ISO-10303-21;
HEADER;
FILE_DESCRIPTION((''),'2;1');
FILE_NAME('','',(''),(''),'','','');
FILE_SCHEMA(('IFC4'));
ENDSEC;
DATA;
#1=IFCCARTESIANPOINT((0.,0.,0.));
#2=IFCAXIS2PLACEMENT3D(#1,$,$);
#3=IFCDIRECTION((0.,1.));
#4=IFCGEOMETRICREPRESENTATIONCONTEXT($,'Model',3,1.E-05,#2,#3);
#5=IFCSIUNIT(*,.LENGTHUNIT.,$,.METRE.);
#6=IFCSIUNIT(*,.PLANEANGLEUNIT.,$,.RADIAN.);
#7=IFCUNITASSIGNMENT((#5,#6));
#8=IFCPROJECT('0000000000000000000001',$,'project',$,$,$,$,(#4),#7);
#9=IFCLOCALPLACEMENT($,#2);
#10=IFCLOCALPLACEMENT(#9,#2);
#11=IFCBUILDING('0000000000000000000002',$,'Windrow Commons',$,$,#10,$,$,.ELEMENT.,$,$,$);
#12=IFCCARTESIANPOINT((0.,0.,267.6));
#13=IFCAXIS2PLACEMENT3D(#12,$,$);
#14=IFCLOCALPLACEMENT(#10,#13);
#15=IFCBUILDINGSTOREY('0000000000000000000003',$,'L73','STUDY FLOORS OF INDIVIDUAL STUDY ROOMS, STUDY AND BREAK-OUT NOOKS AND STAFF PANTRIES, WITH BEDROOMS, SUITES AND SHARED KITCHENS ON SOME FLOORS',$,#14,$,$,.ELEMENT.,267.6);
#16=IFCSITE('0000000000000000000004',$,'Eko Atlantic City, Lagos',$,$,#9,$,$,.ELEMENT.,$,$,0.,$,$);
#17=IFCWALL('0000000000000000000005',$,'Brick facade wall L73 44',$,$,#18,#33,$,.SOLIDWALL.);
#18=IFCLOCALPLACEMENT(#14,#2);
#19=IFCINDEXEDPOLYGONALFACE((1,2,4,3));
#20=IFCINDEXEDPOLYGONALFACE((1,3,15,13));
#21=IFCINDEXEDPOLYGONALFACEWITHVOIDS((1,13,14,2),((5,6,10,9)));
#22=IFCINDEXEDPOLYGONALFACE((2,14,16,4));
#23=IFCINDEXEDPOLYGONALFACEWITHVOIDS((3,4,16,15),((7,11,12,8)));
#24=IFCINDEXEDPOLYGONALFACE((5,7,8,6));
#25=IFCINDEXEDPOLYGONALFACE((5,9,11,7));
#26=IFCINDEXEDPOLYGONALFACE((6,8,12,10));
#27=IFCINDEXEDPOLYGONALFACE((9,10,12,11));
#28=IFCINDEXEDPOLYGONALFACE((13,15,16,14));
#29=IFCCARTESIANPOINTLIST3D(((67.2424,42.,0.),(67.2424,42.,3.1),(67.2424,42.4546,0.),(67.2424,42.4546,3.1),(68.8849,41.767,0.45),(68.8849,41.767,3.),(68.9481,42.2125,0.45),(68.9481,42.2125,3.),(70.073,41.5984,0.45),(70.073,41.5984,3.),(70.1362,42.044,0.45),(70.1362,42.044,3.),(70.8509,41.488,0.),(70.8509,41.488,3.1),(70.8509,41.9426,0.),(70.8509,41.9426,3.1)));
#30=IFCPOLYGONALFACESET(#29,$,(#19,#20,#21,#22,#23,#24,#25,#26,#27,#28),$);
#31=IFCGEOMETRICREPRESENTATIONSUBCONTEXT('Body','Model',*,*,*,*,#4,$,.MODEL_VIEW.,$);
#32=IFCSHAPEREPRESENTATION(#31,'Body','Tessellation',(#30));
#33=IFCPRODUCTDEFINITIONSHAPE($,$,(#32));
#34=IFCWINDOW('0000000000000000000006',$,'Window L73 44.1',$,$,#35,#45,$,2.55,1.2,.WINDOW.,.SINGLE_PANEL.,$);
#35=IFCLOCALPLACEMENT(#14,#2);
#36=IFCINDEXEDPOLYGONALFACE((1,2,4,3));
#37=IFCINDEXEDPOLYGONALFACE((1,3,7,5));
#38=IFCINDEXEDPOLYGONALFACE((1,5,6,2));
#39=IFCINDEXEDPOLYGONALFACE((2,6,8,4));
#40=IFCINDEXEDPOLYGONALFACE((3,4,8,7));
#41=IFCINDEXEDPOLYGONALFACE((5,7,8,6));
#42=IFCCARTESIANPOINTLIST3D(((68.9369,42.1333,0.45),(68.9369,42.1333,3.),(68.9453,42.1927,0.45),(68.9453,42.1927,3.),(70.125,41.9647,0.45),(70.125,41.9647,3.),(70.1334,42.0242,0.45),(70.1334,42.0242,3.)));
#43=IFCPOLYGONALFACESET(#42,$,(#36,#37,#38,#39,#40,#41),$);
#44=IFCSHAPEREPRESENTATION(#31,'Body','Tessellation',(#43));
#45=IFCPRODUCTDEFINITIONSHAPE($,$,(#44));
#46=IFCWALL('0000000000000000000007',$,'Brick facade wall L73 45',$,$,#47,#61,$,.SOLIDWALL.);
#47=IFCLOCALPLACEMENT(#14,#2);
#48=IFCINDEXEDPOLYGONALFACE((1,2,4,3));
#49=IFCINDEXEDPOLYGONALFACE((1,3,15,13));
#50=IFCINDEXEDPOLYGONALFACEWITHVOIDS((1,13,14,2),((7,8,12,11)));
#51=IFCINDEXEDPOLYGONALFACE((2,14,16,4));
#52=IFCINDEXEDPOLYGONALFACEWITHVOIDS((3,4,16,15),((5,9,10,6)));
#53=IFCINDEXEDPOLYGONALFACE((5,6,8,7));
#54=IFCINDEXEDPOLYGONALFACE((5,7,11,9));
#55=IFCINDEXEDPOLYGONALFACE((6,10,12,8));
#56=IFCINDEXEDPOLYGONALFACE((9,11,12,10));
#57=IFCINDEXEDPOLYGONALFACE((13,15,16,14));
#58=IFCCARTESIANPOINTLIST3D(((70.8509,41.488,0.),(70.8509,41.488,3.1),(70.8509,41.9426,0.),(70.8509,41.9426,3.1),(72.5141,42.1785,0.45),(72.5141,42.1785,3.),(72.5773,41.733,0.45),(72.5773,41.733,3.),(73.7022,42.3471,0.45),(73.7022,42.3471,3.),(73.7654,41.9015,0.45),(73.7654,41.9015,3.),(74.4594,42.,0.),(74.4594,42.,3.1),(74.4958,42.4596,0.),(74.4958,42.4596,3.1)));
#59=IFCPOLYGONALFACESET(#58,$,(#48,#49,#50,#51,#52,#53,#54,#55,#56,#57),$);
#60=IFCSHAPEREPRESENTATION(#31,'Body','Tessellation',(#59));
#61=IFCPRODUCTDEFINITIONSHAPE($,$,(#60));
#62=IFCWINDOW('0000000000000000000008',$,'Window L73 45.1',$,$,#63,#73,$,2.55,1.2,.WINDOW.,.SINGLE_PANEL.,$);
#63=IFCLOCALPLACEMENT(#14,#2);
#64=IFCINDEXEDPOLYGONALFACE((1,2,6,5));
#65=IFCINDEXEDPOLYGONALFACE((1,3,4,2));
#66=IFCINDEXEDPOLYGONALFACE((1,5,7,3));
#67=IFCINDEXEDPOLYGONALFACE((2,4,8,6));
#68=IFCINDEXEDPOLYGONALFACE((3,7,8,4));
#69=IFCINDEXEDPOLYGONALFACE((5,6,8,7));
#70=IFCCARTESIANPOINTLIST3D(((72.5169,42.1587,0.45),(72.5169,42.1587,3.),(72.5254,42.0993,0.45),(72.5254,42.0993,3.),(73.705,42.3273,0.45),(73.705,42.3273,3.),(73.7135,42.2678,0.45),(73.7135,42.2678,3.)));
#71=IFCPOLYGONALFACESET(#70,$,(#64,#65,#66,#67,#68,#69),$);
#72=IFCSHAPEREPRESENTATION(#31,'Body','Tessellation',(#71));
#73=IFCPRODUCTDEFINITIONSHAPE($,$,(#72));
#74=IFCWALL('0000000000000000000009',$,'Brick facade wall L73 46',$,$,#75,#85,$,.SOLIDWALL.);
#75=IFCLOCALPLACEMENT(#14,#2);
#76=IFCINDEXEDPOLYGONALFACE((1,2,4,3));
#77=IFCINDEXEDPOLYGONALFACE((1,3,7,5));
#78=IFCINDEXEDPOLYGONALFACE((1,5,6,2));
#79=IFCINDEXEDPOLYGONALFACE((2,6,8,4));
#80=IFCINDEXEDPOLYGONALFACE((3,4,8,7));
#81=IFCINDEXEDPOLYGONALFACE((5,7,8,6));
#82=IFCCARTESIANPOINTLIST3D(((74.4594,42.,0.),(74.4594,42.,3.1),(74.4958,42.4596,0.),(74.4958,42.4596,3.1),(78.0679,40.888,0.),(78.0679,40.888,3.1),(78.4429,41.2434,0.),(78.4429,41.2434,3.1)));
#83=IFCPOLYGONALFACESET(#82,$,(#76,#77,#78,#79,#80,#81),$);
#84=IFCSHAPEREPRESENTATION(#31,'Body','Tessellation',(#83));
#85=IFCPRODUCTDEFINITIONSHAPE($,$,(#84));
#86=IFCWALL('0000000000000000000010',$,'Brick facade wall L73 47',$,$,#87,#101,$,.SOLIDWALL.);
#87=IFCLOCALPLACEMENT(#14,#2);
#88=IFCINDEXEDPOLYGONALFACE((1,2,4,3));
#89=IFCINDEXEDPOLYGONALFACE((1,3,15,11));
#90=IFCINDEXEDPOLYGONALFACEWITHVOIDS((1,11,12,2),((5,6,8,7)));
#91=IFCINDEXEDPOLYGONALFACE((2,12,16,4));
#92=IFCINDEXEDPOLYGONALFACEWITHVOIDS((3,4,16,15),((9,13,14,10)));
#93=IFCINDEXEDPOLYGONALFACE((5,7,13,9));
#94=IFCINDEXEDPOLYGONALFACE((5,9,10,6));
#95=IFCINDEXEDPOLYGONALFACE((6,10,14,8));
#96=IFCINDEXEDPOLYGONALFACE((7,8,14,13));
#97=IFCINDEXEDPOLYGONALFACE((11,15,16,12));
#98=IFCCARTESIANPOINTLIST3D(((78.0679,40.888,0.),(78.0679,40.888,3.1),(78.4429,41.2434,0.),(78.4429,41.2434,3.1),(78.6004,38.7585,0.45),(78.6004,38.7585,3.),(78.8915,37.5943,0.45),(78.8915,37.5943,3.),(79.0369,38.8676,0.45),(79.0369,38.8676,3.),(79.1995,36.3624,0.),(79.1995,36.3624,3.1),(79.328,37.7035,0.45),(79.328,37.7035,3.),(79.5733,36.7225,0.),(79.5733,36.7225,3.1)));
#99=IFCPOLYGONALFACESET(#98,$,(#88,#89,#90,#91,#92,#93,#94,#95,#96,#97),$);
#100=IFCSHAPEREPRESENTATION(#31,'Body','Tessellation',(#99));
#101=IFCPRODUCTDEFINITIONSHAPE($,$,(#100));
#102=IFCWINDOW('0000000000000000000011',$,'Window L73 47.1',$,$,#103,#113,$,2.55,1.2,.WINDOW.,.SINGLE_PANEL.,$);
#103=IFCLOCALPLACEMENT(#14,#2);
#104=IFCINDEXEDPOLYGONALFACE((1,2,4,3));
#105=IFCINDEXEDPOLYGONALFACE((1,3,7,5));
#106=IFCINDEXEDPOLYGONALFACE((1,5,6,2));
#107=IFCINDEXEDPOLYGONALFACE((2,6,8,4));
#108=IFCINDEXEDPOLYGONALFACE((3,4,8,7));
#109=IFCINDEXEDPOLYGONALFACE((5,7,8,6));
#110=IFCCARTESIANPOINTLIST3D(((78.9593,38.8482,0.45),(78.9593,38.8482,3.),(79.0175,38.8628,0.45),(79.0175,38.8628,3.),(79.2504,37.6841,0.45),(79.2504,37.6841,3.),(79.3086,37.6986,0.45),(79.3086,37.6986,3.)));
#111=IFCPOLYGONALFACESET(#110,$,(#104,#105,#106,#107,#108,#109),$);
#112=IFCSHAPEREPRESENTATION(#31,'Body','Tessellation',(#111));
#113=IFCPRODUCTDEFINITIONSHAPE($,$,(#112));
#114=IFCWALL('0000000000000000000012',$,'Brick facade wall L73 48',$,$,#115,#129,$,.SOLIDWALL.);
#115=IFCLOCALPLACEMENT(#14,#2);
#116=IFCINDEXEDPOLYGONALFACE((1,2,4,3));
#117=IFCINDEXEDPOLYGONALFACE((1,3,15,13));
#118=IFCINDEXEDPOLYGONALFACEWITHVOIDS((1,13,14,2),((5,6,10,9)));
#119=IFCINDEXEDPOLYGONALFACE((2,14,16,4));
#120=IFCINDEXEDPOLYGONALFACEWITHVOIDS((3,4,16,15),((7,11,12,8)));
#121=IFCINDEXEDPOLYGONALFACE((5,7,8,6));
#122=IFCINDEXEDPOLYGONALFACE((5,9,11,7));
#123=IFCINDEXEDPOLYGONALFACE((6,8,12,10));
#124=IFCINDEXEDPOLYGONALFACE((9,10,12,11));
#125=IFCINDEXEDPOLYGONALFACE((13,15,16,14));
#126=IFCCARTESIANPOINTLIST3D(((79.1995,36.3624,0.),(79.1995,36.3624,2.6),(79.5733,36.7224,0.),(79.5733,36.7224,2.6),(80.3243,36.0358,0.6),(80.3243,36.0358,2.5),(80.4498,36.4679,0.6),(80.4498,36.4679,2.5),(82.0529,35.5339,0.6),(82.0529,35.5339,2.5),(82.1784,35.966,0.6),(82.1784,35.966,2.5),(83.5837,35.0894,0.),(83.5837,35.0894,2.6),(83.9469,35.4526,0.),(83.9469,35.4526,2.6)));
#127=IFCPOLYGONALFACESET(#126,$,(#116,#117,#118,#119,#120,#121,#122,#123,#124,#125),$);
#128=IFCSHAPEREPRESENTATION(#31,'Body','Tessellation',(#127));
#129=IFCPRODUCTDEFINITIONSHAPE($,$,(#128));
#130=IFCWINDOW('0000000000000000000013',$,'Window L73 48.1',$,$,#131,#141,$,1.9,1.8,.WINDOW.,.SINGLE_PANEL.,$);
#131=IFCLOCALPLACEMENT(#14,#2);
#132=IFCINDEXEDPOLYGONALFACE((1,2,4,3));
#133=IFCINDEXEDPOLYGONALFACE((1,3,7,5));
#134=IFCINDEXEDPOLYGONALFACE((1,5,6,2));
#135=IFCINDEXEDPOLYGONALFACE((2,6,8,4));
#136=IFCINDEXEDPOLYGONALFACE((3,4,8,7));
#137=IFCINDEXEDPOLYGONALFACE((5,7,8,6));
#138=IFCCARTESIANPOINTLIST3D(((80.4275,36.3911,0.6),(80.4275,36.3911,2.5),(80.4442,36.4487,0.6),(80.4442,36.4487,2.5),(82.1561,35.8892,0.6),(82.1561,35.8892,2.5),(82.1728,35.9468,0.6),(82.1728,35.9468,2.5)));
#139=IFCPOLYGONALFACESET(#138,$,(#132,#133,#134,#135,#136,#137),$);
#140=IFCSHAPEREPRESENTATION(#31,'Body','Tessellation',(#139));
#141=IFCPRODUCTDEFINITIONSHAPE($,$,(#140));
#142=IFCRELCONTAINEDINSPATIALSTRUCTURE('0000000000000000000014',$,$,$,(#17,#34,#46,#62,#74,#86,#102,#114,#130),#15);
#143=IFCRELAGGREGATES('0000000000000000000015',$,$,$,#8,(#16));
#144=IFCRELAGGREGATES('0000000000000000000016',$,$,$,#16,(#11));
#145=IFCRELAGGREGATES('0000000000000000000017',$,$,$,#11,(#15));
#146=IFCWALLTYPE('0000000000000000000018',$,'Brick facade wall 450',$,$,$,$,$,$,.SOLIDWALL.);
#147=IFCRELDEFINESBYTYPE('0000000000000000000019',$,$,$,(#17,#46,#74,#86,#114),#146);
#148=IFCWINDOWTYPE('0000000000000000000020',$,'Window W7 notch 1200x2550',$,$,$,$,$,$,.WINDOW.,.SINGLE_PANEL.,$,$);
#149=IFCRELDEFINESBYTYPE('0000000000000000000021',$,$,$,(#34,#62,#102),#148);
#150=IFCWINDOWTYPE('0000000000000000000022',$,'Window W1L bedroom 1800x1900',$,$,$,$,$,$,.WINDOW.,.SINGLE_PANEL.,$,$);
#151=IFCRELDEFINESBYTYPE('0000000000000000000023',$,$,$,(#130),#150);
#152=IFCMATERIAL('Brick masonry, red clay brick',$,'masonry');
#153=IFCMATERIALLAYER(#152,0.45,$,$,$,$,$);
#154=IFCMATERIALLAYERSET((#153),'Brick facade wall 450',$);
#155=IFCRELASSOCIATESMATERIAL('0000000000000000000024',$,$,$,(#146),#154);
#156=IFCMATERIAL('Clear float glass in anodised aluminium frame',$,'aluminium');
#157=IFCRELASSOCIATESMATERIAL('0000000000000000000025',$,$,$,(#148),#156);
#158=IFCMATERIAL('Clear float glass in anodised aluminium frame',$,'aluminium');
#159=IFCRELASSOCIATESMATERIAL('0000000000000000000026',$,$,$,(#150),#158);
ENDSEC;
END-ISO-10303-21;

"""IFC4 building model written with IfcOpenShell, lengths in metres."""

from ifc_helpers import new_model, si_unit, direction, frame, frame_2d, origin, place, context, subcontext, project, spatial, polyline, rectangle, outline, extrude, material, layer, layer_set, type_object, element, fill, save


model = new_model("IFC4")

# Units and contexts
model_context = context("Model", 3, precision=1e-05, world=origin(), true_north=direction((0.0, 1.0)))
body_context = subcontext(model_context, "Body", "Model", "MODEL_VIEW")
ifc_project = project(units=[si_unit("LENGTHUNIT", "METRE"), si_unit("PLANEANGLEUNIT", "RADIAN")], contexts=[model_context])

# Site, building, storey
site_placement = place(None, origin())
site = spatial("IfcSite", under=ifc_project, at=site_placement, Name="Eko Atlantic City, Lagos", CompositionType="ELEMENT", RefElevation=0.0)
building_placement = place(site_placement, origin())
building = spatial("IfcBuilding", under=site, at=building_placement, Name="Windrow Commons", CompositionType="ELEMENT")
storey_placement = place(building_placement, frame((0.0, 0.0, 267.6)))
storey = spatial("IfcBuildingStorey", under=building, at=storey_placement, Name="L73", Description="STUDY FLOORS OF INDIVIDUAL STUDY ROOMS, STUDY AND BREAK-OUT NOOKS AND STAFF PANTRIES, WITH BEDROOMS, SUITES AND SHARED KITCHENS ON SOME FLOORS", CompositionType="ELEMENT", Elevation=267.6)

# Walls, openings, windows
ifc_material_1 = material(Name="Brick masonry, red clay brick", Category="masonry")
ifc_layer_1 = layer(ifc_material_1, 0.45)
ifc_layer_set_1 = layer_set([ifc_layer_1], Name="Brick facade wall 450")
wall_type_1 = type_object("IfcWallType", Name="Brick facade wall 450", PredefinedType="SOLIDWALL", material=ifc_layer_set_1)
wall_1_placement = place(storey_placement, frame((67.2424, 42.2273, 0.0), z_axis=(0.0, 0.0, 1.0), x_axis=(0.990083, -0.14048, 0.0)))
wall_1 = element("IfcWall", 1, at=wall_1_placement, inside=storey, type_object=wall_type_1, Name="Brick facade wall L73 44", PredefinedType="SOLIDWALL", context=body_context, shape_type="SweptSolid", body=[
    extrude(outline(polyline([(0.0319, -0.225), (3.6766, -0.225), (3.6127, 0.225), (-0.0319, 0.225), (0.0319, -0.225)])), origin(), (0.0, 0.0, 1.0), 3.1),
])
opening_1_placement = place(wall_1_placement, frame((1.6909, 0.0, 0.45)))
opening_1 = element("IfcOpeningElement", 2, at=opening_1_placement, cuts=wall_1, PredefinedType="OPENING", context=body_context, shape_type="SweptSolid", body=[
    extrude(rectangle(XDim=1.2, YDim=2.55, at=frame_2d((0.6, 1.275))), frame((0.0, 0.235, 0.0), z_axis=(0.0, -1.0, 0.0), x_axis=(1.0, 0.0, 0.0)), (0.0, 0.0, 1.0), 0.47),
])
ifc_material_2 = material(Name="Clear float glass in anodised aluminium frame", Category="aluminium")
window_type_1 = type_object("IfcWindowType", Name="Window W7 notch 1200x2550", PartitioningType="SINGLE_PANEL", PredefinedType="WINDOW", material=ifc_material_2)
window_1_placement = place(opening_1_placement, origin())
window_1 = element("IfcWindow", 3, at=window_1_placement, inside=storey, type_object=window_type_1, Name="Window L73 44.1", OverallHeight=2.55, OverallWidth=1.2, PartitioningType="SINGLE_PANEL", PredefinedType="WINDOW", context=body_context, shape_type="SweptSolid", body=[
    extrude(rectangle(XDim=1.2, YDim=2.55, at=frame_2d((0.6, 1.275))), frame((0.0, 0.205, 0.0), z_axis=(0.0, -1.0, 0.0), x_axis=(1.0, 0.0, 0.0)), (0.0, 0.0, 1.0), 0.06),
])
fill(opening_1, window_1)
wall_2_placement = place(storey_placement, frame((70.8509, 41.7153, 0.0), z_axis=(0.0, 0.0, 1.0), x_axis=(0.990087, 0.140458, 0.0)))
wall_2 = element("IfcWall", 4, at=wall_2_placement, inside=storey, type_object=wall_type_1, Name="Brick facade wall L73 45", PredefinedType="SOLIDWALL", context=body_context, shape_type="SweptSolid", body=[
    extrude(outline(polyline([(-0.0319, -0.225), (3.6127, -0.225), (3.7133, 0.225), (0.0319, 0.225), (-0.0319, -0.225)])), origin(), (0.0, 0.0, 1.0), 3.1),
])
opening_2_placement = place(wall_2_placement, frame((1.7118, 0.0, 0.45)))
opening_2 = element("IfcOpeningElement", 5, at=opening_2_placement, cuts=wall_2, PredefinedType="OPENING", context=body_context, shape_type="SweptSolid", body=[
    extrude(rectangle(XDim=1.2, YDim=2.55, at=frame_2d((0.6, 1.275))), frame((0.0, 0.235, 0.0), z_axis=(0.0, -1.0, 0.0), x_axis=(1.0, 0.0, 0.0)), (0.0, 0.0, 1.0), 0.47),
])
window_2_placement = place(opening_2_placement, origin())
window_2 = element("IfcWindow", 6, at=window_2_placement, inside=storey, type_object=window_type_1, Name="Window L73 45.1", OverallHeight=2.55, OverallWidth=1.2, PartitioningType="SINGLE_PANEL", PredefinedType="WINDOW", context=body_context, shape_type="SweptSolid", body=[
    extrude(rectangle(XDim=1.2, YDim=2.55, at=frame_2d((0.6, 1.275))), frame((0.0, 0.205, 0.0), z_axis=(0.0, -1.0, 0.0), x_axis=(1.0, 0.0, 0.0)), (0.0, 0.0, 1.0), 0.06),
])
fill(opening_2, window_2)

# Wall
wall_3_placement = place(storey_placement, frame((74.4776, 42.2298, 0.0), z_axis=(0.0, 0.0, 1.0), x_axis=(0.955658, -0.294479, 0.0)))
element("IfcWall", 7, at=wall_3_placement, inside=storey, type_object=wall_type_1, Name="Brick facade wall L73 46", PredefinedType="SOLIDWALL", context=body_context, shape_type="SweptSolid", body=[
    extrude(outline(polyline([(0.0503, -0.225), (3.8262, -0.225), (4.08, 0.225), (-0.0503, 0.225), (0.0503, -0.225)])), origin(), (0.0, 0.0, 1.0), 3.1),
])

# Walls, openings, windows
wall_4_placement = place(storey_placement, frame((78.2554, 41.0657, 0.0), z_axis=(0.0, 0.0, 1.0), x_axis=(0.242571, -0.970134, 0.0)))
wall_4 = element("IfcWall", 8, at=wall_4_placement, inside=storey, type_object=wall_type_1, Name="Brick facade wall L73 47", PredefinedType="SOLIDWALL", context=body_context, shape_type="SweptSolid", body=[
    extrude(outline(polyline([(0.1269, -0.225), (4.7918, -0.225), (4.5332, 0.225), (-0.1269, 0.225), (0.1269, -0.225)])), origin(), (0.0, 0.0, 1.0), 3.1),
])
opening_3_placement = place(wall_4_placement, frame((2.322, 0.0, 0.45)))
opening_3 = element("IfcOpeningElement", 9, at=opening_3_placement, cuts=wall_4, PredefinedType="OPENING", context=body_context, shape_type="SweptSolid", body=[
    extrude(rectangle(XDim=1.2, YDim=2.55, at=frame_2d((0.6, 1.275))), frame((0.0, 0.235, 0.0), z_axis=(0.0, -1.0, 0.0), x_axis=(1.0, 0.0, 0.0)), (0.0, 0.0, 1.0), 0.47),
])
window_3_placement = place(opening_3_placement, origin())
window_3 = element("IfcWindow", 10, at=window_3_placement, inside=storey, type_object=window_type_1, Name="Window L73 47.1", OverallHeight=2.55, OverallWidth=1.2, PartitioningType="SINGLE_PANEL", PredefinedType="WINDOW", context=body_context, shape_type="SweptSolid", body=[
    extrude(rectangle(XDim=1.2, YDim=2.55, at=frame_2d((0.6, 1.275))), frame((0.0, 0.205, 0.0), z_axis=(0.0, -1.0, 0.0), x_axis=(1.0, 0.0, 0.0)), (0.0, 0.0, 1.0), 0.06),
])
fill(opening_3, window_3)
wall_5_placement = place(storey_placement, frame((79.3864, 36.5424, 0.0), z_axis=(0.0, 0.0, 1.0), x_axis=(0.96034, -0.278832, 0.0)))
wall_5 = element("IfcWall", 11, at=wall_5_placement, inside=storey, type_object=wall_type_1, Name="Brick facade wall L73 48", PredefinedType="SOLIDWALL", context=body_context, shape_type="SweptSolid", body=[
    extrude(outline(polyline([(-0.1293, -0.225), (4.436, -0.225), (4.6835, 0.225), (0.1293, 0.225), (-0.1293, -0.225)])), origin(), (0.0, 0.0, 1.0), 2.6),
])
opening_4_placement = place(wall_5_placement, frame((1.042, 0.0, 0.6)))
opening_4 = element("IfcOpeningElement", 12, at=opening_4_placement, cuts=wall_5, PredefinedType="OPENING", context=body_context, shape_type="SweptSolid", body=[
    extrude(rectangle(XDim=1.8, YDim=1.9, at=frame_2d((0.9, 0.95))), frame((0.0, 0.235, 0.0), z_axis=(0.0, -1.0, 0.0), x_axis=(1.0, 0.0, 0.0)), (0.0, 0.0, 1.0), 0.47),
])
ifc_material_3 = material(Name="Clear float glass in anodised aluminium frame", Category="aluminium")
window_type_2 = type_object("IfcWindowType", Name="Window W1L bedroom 1800x1900", PartitioningType="SINGLE_PANEL", PredefinedType="WINDOW", material=ifc_material_3)
window_4_placement = place(opening_4_placement, origin())
window_4 = element("IfcWindow", 13, at=window_4_placement, inside=storey, type_object=window_type_2, Name="Window L73 48.1", OverallHeight=1.9, OverallWidth=1.8, PartitioningType="SINGLE_PANEL", PredefinedType="WINDOW", context=body_context, shape_type="SweptSolid", body=[
    extrude(rectangle(XDim=1.8, YDim=1.9, at=frame_2d((0.9, 0.95))), frame((0.0, 0.205, 0.0), z_axis=(0.0, -1.0, 0.0), x_axis=(1.0, 0.0, 0.0)), (0.0, 0.0, 1.0), 0.06),
])
fill(opening_4, window_4)

save(model, "model.ifc")
